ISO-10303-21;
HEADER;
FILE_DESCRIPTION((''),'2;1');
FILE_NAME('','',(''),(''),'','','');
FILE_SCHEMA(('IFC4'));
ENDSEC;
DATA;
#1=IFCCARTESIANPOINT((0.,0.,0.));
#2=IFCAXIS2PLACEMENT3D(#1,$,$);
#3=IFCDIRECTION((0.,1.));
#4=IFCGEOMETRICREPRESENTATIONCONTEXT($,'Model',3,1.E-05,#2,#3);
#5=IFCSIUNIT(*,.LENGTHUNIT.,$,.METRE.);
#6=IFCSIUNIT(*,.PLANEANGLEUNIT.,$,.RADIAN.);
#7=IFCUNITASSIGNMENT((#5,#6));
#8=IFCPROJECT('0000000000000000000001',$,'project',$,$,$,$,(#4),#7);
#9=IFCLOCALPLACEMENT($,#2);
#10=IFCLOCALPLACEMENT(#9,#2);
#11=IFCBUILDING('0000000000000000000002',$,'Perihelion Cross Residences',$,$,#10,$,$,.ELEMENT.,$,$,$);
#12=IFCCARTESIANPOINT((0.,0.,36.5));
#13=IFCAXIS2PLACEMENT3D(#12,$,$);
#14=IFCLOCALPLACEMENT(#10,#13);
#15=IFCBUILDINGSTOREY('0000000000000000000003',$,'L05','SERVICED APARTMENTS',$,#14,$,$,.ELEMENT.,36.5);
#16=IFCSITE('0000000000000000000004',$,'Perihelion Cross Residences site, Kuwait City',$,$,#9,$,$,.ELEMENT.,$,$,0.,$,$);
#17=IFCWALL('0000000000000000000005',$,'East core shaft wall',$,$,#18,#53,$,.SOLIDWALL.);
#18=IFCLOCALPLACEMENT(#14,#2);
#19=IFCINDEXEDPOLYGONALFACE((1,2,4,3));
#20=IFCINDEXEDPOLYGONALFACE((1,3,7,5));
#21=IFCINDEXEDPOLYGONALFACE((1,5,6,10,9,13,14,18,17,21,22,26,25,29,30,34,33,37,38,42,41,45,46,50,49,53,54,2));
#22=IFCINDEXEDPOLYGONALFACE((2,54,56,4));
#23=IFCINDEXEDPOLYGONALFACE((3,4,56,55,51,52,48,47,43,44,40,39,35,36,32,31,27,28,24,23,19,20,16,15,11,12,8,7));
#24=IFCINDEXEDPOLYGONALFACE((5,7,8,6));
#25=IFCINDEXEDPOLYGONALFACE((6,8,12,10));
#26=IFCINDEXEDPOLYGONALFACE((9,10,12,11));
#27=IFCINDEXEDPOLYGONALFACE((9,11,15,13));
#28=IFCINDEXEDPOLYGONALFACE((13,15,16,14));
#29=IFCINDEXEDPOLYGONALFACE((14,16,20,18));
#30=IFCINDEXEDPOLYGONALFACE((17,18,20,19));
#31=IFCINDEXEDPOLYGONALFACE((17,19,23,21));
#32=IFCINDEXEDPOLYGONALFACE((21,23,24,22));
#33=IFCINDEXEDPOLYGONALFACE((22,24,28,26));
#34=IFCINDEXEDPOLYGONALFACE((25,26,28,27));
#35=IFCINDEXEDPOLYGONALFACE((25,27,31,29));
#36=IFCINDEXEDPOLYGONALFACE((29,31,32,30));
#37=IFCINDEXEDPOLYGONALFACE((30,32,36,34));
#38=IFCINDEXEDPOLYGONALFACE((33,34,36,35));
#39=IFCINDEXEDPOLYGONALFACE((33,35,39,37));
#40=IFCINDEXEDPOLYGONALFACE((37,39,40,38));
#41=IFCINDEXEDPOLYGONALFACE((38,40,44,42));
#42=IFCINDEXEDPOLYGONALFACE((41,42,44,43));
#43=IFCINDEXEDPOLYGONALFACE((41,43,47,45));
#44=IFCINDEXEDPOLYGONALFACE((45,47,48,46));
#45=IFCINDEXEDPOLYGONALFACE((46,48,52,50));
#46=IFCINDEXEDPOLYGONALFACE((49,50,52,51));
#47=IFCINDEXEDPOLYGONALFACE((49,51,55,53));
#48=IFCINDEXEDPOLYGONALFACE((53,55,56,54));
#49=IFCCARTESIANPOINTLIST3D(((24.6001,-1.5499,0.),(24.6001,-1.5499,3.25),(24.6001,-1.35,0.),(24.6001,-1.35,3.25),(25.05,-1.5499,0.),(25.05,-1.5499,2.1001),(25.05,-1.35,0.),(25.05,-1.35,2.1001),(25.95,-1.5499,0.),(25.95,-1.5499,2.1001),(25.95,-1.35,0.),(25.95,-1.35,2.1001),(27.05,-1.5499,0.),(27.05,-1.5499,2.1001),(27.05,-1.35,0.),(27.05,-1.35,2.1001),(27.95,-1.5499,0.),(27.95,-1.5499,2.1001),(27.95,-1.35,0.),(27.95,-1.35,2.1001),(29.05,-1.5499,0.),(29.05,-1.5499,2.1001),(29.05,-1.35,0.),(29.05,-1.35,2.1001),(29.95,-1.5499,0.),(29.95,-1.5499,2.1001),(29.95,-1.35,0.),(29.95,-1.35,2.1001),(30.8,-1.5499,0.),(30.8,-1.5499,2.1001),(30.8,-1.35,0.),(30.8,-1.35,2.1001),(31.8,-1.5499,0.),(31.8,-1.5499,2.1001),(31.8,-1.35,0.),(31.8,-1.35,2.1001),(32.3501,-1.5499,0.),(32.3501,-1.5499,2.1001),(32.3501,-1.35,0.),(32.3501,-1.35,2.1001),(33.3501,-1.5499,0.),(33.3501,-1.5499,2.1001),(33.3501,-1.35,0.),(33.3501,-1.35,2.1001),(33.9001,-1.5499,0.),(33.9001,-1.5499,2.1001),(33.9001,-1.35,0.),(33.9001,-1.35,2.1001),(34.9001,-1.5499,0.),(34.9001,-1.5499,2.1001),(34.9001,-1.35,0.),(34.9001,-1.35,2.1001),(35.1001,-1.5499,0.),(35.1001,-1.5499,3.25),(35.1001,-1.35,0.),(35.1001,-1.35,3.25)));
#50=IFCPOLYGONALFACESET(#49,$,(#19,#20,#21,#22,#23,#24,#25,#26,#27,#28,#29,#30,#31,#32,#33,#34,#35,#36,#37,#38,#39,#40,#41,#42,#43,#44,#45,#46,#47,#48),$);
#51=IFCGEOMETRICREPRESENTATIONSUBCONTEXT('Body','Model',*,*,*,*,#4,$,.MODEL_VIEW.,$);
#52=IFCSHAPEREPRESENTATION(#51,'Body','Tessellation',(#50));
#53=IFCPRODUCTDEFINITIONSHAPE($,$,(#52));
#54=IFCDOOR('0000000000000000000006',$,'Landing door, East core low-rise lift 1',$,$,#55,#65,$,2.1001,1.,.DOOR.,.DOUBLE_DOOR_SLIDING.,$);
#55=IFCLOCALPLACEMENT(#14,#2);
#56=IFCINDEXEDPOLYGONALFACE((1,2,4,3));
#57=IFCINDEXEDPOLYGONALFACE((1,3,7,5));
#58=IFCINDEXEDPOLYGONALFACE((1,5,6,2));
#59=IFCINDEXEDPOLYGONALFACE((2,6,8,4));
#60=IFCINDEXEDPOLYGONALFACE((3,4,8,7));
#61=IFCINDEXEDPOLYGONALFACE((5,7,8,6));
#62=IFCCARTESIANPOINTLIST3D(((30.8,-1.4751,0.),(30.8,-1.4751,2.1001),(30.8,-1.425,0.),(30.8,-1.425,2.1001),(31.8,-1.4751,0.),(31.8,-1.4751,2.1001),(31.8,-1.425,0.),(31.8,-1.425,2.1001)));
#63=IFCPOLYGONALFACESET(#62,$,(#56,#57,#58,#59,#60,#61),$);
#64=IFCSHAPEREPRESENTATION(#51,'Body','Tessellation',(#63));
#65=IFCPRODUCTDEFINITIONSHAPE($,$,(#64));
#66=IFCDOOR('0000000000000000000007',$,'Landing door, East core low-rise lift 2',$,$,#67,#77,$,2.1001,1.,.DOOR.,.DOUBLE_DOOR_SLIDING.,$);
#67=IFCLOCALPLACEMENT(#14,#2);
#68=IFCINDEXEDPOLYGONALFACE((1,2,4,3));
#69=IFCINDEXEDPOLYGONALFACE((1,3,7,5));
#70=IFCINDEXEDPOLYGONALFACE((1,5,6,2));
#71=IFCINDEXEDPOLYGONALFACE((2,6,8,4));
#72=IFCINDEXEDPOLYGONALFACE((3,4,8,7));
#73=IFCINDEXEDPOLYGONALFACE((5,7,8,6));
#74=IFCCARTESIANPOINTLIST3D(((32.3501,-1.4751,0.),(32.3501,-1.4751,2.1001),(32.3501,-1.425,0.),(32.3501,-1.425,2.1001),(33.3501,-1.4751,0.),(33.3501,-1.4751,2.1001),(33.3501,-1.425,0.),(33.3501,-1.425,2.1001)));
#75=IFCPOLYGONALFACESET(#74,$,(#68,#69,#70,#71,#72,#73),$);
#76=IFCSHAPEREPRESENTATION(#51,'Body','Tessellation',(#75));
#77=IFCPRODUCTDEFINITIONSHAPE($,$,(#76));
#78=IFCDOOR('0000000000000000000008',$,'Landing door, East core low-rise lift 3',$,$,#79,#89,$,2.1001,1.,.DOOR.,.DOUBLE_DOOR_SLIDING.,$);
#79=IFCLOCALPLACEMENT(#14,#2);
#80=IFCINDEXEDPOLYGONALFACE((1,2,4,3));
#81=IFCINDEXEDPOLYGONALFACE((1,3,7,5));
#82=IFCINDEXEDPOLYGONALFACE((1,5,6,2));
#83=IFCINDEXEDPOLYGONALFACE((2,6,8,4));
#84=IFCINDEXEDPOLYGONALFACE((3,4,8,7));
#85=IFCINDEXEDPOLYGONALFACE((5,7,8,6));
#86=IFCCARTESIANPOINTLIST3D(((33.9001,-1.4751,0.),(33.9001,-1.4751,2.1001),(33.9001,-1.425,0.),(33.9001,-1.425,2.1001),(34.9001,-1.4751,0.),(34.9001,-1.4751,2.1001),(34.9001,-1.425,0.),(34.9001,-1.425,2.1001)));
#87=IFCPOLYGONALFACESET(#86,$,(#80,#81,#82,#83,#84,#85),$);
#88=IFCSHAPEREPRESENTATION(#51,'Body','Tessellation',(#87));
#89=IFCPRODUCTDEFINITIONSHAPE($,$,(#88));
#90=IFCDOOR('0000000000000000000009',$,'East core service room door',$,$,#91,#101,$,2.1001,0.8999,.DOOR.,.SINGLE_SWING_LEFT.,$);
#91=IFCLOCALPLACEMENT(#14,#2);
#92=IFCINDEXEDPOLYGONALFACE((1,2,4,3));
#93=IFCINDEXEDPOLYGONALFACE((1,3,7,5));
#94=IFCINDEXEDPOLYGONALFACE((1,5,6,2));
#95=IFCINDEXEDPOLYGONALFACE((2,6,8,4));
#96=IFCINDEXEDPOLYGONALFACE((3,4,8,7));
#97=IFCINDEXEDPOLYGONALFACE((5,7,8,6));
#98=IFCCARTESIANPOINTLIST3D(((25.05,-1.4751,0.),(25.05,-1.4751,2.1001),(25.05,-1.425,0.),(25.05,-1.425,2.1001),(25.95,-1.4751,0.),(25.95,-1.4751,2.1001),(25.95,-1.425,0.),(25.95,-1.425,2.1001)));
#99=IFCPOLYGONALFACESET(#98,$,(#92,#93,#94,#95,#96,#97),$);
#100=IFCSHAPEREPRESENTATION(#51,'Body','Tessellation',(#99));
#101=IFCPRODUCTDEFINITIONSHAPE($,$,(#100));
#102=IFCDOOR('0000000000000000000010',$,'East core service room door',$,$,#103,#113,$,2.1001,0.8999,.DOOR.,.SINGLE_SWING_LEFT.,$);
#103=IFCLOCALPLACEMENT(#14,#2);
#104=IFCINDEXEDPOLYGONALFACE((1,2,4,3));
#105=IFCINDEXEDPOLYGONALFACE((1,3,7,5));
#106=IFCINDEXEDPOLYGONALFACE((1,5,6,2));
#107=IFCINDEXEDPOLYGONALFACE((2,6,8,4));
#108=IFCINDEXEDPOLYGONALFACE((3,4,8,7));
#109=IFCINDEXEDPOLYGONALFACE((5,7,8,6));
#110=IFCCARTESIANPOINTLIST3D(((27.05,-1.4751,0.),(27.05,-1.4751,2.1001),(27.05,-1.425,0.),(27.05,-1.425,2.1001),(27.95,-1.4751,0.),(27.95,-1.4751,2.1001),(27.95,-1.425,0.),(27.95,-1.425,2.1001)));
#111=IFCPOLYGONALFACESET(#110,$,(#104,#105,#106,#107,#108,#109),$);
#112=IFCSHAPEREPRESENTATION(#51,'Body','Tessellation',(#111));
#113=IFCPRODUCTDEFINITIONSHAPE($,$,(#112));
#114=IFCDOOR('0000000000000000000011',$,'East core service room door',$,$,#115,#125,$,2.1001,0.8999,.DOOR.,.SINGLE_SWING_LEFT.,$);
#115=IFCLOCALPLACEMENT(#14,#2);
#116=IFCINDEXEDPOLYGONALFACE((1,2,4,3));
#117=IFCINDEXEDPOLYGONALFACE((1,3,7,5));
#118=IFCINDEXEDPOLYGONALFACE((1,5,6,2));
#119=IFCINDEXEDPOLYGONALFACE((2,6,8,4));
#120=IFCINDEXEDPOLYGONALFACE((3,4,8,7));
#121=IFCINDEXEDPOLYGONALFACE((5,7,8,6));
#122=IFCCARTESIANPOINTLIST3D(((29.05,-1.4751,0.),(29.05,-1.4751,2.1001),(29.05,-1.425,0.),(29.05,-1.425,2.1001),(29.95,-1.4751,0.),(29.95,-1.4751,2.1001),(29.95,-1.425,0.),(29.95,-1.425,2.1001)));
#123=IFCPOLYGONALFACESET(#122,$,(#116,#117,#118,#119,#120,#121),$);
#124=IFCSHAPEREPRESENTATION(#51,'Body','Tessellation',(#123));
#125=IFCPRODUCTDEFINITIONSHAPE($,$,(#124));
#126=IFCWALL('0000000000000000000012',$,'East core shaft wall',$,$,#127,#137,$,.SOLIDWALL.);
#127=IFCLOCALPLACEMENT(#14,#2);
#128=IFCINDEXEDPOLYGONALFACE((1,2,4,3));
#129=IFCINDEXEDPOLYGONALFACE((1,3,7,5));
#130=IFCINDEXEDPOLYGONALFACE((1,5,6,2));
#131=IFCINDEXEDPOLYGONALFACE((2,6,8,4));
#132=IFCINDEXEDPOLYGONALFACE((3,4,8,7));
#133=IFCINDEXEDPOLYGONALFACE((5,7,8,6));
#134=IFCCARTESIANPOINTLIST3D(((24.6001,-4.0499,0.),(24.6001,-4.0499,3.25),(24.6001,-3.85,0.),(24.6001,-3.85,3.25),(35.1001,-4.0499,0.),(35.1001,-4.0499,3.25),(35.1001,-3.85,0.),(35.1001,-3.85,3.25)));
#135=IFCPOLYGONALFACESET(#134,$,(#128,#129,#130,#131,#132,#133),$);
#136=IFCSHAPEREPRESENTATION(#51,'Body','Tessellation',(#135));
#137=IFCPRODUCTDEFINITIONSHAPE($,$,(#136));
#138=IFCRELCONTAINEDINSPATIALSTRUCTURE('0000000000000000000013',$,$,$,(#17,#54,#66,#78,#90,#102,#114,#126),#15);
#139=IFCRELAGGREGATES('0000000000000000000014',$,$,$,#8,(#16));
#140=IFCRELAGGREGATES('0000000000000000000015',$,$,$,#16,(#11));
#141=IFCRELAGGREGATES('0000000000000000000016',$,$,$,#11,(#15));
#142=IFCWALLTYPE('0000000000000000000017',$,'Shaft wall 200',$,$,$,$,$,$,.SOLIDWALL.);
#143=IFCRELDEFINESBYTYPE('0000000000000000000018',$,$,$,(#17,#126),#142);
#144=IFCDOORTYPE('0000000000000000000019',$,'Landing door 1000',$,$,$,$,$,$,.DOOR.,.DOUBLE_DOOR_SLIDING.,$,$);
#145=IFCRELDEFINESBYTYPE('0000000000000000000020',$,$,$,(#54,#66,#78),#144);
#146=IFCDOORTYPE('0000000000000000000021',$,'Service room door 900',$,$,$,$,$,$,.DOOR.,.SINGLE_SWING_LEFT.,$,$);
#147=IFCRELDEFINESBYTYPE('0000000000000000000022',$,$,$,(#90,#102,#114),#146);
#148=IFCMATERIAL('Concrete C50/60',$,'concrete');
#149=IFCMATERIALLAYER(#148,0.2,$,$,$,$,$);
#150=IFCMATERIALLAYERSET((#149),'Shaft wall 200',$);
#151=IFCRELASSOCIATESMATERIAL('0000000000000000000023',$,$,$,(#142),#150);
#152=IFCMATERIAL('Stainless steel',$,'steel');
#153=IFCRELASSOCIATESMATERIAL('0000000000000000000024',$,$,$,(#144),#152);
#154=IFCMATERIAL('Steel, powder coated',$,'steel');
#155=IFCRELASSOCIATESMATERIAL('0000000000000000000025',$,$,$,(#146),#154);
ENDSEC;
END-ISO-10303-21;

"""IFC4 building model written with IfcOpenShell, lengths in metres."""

from ifc_helpers import new_model, si_unit, direction, frame, frame_2d, origin, place, context, subcontext, project, spatial, rectangle, extrude, material, layer, layer_set, type_object, element, fill, save


model = new_model("IFC4")

# Units and contexts
model_context = context("Model", 3, precision=1e-05, world=origin(), true_north=direction((0.0, 1.0)))
body_context = subcontext(model_context, "Body", "Model", "MODEL_VIEW")
ifc_project = project(units=[si_unit("LENGTHUNIT", "METRE"), si_unit("PLANEANGLEUNIT", "RADIAN")], contexts=[model_context])

# Site, building, storey
site_placement = place(None, origin())
site = spatial("IfcSite", under=ifc_project, at=site_placement, Name="Perihelion Cross Residences site, Kuwait City", CompositionType="ELEMENT", RefElevation=0.0)
building_placement = place(site_placement, origin())
building = spatial("IfcBuilding", under=site, at=building_placement, Name="Perihelion Cross Residences", CompositionType="ELEMENT")
storey_placement = place(building_placement, frame((0.0, 0.0, 36.5)))
storey = spatial("IfcBuildingStorey", under=building, at=storey_placement, Name="L05", Description="SERVICED APARTMENTS", CompositionType="ELEMENT", Elevation=36.5)

# Wall, openings, doors
ifc_material_1 = material(Name="Concrete C50/60", Category="concrete")
ifc_layer_1 = layer(ifc_material_1, 0.2)
ifc_layer_set_1 = layer_set([ifc_layer_1], Name="Shaft wall 200")
wall_type_1 = type_object("IfcWallType", Name="Shaft wall 200", PredefinedType="SOLIDWALL", material=ifc_layer_set_1)
wall_1_placement = place(storey_placement, frame((24.6001, -1.45, 0.0), z_axis=(0.0, 0.0, 1.0), x_axis=(1.0, 0.0, 0.0)))
wall_1 = element("IfcWall", 1, at=wall_1_placement, inside=storey, type_object=wall_type_1, Name="East core shaft wall", PredefinedType="SOLIDWALL", context=body_context, shape_type="SweptSolid", body=[
    extrude(rectangle(XDim=10.5, YDim=0.2, at=frame_2d((5.25, 0.0))), origin(), (0.0, 0.0, 1.0), 3.25),
])
opening_1_placement = place(wall_1_placement, frame((6.2, 0.0, 0.0)))
opening_1 = element("IfcOpeningElement", 2, at=opening_1_placement, cuts=wall_1, PredefinedType="OPENING", context=body_context, shape_type="SweptSolid", body=[
    extrude(rectangle(XDim=1.0, YDim=2.1001, at=frame_2d((0.5, 1.05))), frame((0.0, 0.1099, 0.0), z_axis=(0.0, -1.0, 0.0), x_axis=(1.0, 0.0, 0.0)), (0.0, 0.0, 1.0), 0.22),
])
opening_2_placement = place(wall_1_placement, frame((7.75, 0.0, 0.0)))
opening_2 = element("IfcOpeningElement", 3, at=opening_2_placement, cuts=wall_1, PredefinedType="OPENING", context=body_context, shape_type="SweptSolid", body=[
    extrude(rectangle(XDim=1.0, YDim=2.1001, at=frame_2d((0.5, 1.05))), frame((0.0, 0.1099, 0.0), z_axis=(0.0, -1.0, 0.0), x_axis=(1.0, 0.0, 0.0)), (0.0, 0.0, 1.0), 0.22),
])
opening_3_placement = place(wall_1_placement, frame((9.3, 0.0, 0.0)))
opening_3 = element("IfcOpeningElement", 4, at=opening_3_placement, cuts=wall_1, PredefinedType="OPENING", context=body_context, shape_type="SweptSolid", body=[
    extrude(rectangle(XDim=1.0, YDim=2.1001, at=frame_2d((0.5, 1.05))), frame((0.0, 0.1099, 0.0), z_axis=(0.0, -1.0, 0.0), x_axis=(1.0, 0.0, 0.0)), (0.0, 0.0, 1.0), 0.22),
])
opening_4_placement = place(wall_1_placement, frame((0.45, 0.0, 0.0)))
opening_4 = element("IfcOpeningElement", 5, at=opening_4_placement, cuts=wall_1, PredefinedType="OPENING", context=body_context, shape_type="SweptSolid", body=[
    extrude(rectangle(XDim=0.8999, YDim=2.1001, at=frame_2d((0.45, 1.05))), frame((0.0, 0.1099, 0.0), z_axis=(0.0, -1.0, 0.0), x_axis=(1.0, 0.0, 0.0)), (0.0, 0.0, 1.0), 0.22),
])
opening_5_placement = place(wall_1_placement, frame((2.45, 0.0, 0.0)))
opening_5 = element("IfcOpeningElement", 6, at=opening_5_placement, cuts=wall_1, PredefinedType="OPENING", context=body_context, shape_type="SweptSolid", body=[
    extrude(rectangle(XDim=0.8999, YDim=2.1001, at=frame_2d((0.45, 1.05))), frame((0.0, 0.1099, 0.0), z_axis=(0.0, -1.0, 0.0), x_axis=(1.0, 0.0, 0.0)), (0.0, 0.0, 1.0), 0.22),
])
opening_6_placement = place(wall_1_placement, frame((4.45, 0.0, 0.0)))
opening_6 = element("IfcOpeningElement", 7, at=opening_6_placement, cuts=wall_1, PredefinedType="OPENING", context=body_context, shape_type="SweptSolid", body=[
    extrude(rectangle(XDim=0.8999, YDim=2.1001, at=frame_2d((0.45, 1.05))), frame((0.0, 0.1099, 0.0), z_axis=(0.0, -1.0, 0.0), x_axis=(1.0, 0.0, 0.0)), (0.0, 0.0, 1.0), 0.22),
])
ifc_material_2 = material(Name="Stainless steel", Category="steel")
door_type_1 = type_object("IfcDoorType", Name="Landing door 1000", OperationType="DOUBLE_DOOR_SLIDING", PredefinedType="DOOR", material=ifc_material_2)
door_1_placement = place(opening_1_placement, origin())
door_1 = element("IfcDoor", 8, at=door_1_placement, inside=storey, type_object=door_type_1, Name="Landing door, East core low-rise lift 1", OperationType="DOUBLE_DOOR_SLIDING", OverallHeight=2.1001, OverallWidth=1.0, PredefinedType="DOOR", context=body_context, shape_type="SweptSolid", body=[
    extrude(rectangle(XDim=1.0, YDim=2.1001, at=frame_2d((0.5, 1.05))), frame((0.0, 0.0249, 0.0), z_axis=(0.0, -1.0, 0.0), x_axis=(1.0, 0.0, 0.0)), (0.0, 0.0, 1.0), 0.05),
])
fill(opening_1, door_1)
door_2_placement = place(opening_2_placement, origin())
door_2 = element("IfcDoor", 9, at=door_2_placement, inside=storey, type_object=door_type_1, Name="Landing door, East core low-rise lift 2", OperationType="DOUBLE_DOOR_SLIDING", OverallHeight=2.1001, OverallWidth=1.0, PredefinedType="DOOR", context=body_context, shape_type="SweptSolid", body=[
    extrude(rectangle(XDim=1.0, YDim=2.1001, at=frame_2d((0.5, 1.05))), frame((0.0, 0.0249, 0.0), z_axis=(0.0, -1.0, 0.0), x_axis=(1.0, 0.0, 0.0)), (0.0, 0.0, 1.0), 0.05),
])
fill(opening_2, door_2)
door_3_placement = place(opening_3_placement, origin())
door_3 = element("IfcDoor", 10, at=door_3_placement, inside=storey, type_object=door_type_1, Name="Landing door, East core low-rise lift 3", OperationType="DOUBLE_DOOR_SLIDING", OverallHeight=2.1001, OverallWidth=1.0, PredefinedType="DOOR", context=body_context, shape_type="SweptSolid", body=[
    extrude(rectangle(XDim=1.0, YDim=2.1001, at=frame_2d((0.5, 1.05))), frame((0.0, 0.0249, 0.0), z_axis=(0.0, -1.0, 0.0), x_axis=(1.0, 0.0, 0.0)), (0.0, 0.0, 1.0), 0.05),
])
fill(opening_3, door_3)
ifc_material_3 = material(Name="Steel, powder coated", Category="steel")
door_type_2 = type_object("IfcDoorType", Name="Service room door 900", OperationType="SINGLE_SWING_LEFT", PredefinedType="DOOR", material=ifc_material_3)
door_4_placement = place(opening_4_placement, origin())
door_4 = element("IfcDoor", 11, at=door_4_placement, inside=storey, type_object=door_type_2, Name="East core service room door", OperationType="SINGLE_SWING_LEFT", OverallHeight=2.1001, OverallWidth=0.8999, PredefinedType="DOOR", context=body_context, shape_type="SweptSolid", body=[
    extrude(rectangle(XDim=0.8999, YDim=2.1001, at=frame_2d((0.45, 1.05))), frame((0.0, 0.0249, 0.0), z_axis=(0.0, -1.0, 0.0), x_axis=(1.0, 0.0, 0.0)), (0.0, 0.0, 1.0), 0.05),
])
fill(opening_4, door_4)
door_5_placement = place(opening_5_placement, origin())
door_5 = element("IfcDoor", 12, at=door_5_placement, inside=storey, type_object=door_type_2, Name="East core service room door", OperationType="SINGLE_SWING_LEFT", OverallHeight=2.1001, OverallWidth=0.8999, PredefinedType="DOOR", context=body_context, shape_type="SweptSolid", body=[
    extrude(rectangle(XDim=0.8999, YDim=2.1001, at=frame_2d((0.45, 1.05))), frame((0.0, 0.0249, 0.0), z_axis=(0.0, -1.0, 0.0), x_axis=(1.0, 0.0, 0.0)), (0.0, 0.0, 1.0), 0.05),
])
fill(opening_5, door_5)
door_6_placement = place(opening_6_placement, origin())
door_6 = element("IfcDoor", 13, at=door_6_placement, inside=storey, type_object=door_type_2, Name="East core service room door", OperationType="SINGLE_SWING_LEFT", OverallHeight=2.1001, OverallWidth=0.8999, PredefinedType="DOOR", context=body_context, shape_type="SweptSolid", body=[
    extrude(rectangle(XDim=0.8999, YDim=2.1001, at=frame_2d((0.45, 1.05))), frame((0.0, 0.0249, 0.0), z_axis=(0.0, -1.0, 0.0), x_axis=(1.0, 0.0, 0.0)), (0.0, 0.0, 1.0), 0.05),
])
fill(opening_6, door_6)

# Wall
wall_2_placement = place(storey_placement, frame((24.6001, -3.95, 0.0), z_axis=(0.0, 0.0, 1.0), x_axis=(1.0, 0.0, 0.0)))
element("IfcWall", 14, at=wall_2_placement, inside=storey, type_object=wall_type_1, Name="East core shaft wall", PredefinedType="SOLIDWALL", context=body_context, shape_type="SweptSolid", body=[
    extrude(rectangle(XDim=10.5, YDim=0.2, at=frame_2d((5.25, 0.0))), origin(), (0.0, 0.0, 1.0), 3.25),
])

save(model, "model.ifc")
